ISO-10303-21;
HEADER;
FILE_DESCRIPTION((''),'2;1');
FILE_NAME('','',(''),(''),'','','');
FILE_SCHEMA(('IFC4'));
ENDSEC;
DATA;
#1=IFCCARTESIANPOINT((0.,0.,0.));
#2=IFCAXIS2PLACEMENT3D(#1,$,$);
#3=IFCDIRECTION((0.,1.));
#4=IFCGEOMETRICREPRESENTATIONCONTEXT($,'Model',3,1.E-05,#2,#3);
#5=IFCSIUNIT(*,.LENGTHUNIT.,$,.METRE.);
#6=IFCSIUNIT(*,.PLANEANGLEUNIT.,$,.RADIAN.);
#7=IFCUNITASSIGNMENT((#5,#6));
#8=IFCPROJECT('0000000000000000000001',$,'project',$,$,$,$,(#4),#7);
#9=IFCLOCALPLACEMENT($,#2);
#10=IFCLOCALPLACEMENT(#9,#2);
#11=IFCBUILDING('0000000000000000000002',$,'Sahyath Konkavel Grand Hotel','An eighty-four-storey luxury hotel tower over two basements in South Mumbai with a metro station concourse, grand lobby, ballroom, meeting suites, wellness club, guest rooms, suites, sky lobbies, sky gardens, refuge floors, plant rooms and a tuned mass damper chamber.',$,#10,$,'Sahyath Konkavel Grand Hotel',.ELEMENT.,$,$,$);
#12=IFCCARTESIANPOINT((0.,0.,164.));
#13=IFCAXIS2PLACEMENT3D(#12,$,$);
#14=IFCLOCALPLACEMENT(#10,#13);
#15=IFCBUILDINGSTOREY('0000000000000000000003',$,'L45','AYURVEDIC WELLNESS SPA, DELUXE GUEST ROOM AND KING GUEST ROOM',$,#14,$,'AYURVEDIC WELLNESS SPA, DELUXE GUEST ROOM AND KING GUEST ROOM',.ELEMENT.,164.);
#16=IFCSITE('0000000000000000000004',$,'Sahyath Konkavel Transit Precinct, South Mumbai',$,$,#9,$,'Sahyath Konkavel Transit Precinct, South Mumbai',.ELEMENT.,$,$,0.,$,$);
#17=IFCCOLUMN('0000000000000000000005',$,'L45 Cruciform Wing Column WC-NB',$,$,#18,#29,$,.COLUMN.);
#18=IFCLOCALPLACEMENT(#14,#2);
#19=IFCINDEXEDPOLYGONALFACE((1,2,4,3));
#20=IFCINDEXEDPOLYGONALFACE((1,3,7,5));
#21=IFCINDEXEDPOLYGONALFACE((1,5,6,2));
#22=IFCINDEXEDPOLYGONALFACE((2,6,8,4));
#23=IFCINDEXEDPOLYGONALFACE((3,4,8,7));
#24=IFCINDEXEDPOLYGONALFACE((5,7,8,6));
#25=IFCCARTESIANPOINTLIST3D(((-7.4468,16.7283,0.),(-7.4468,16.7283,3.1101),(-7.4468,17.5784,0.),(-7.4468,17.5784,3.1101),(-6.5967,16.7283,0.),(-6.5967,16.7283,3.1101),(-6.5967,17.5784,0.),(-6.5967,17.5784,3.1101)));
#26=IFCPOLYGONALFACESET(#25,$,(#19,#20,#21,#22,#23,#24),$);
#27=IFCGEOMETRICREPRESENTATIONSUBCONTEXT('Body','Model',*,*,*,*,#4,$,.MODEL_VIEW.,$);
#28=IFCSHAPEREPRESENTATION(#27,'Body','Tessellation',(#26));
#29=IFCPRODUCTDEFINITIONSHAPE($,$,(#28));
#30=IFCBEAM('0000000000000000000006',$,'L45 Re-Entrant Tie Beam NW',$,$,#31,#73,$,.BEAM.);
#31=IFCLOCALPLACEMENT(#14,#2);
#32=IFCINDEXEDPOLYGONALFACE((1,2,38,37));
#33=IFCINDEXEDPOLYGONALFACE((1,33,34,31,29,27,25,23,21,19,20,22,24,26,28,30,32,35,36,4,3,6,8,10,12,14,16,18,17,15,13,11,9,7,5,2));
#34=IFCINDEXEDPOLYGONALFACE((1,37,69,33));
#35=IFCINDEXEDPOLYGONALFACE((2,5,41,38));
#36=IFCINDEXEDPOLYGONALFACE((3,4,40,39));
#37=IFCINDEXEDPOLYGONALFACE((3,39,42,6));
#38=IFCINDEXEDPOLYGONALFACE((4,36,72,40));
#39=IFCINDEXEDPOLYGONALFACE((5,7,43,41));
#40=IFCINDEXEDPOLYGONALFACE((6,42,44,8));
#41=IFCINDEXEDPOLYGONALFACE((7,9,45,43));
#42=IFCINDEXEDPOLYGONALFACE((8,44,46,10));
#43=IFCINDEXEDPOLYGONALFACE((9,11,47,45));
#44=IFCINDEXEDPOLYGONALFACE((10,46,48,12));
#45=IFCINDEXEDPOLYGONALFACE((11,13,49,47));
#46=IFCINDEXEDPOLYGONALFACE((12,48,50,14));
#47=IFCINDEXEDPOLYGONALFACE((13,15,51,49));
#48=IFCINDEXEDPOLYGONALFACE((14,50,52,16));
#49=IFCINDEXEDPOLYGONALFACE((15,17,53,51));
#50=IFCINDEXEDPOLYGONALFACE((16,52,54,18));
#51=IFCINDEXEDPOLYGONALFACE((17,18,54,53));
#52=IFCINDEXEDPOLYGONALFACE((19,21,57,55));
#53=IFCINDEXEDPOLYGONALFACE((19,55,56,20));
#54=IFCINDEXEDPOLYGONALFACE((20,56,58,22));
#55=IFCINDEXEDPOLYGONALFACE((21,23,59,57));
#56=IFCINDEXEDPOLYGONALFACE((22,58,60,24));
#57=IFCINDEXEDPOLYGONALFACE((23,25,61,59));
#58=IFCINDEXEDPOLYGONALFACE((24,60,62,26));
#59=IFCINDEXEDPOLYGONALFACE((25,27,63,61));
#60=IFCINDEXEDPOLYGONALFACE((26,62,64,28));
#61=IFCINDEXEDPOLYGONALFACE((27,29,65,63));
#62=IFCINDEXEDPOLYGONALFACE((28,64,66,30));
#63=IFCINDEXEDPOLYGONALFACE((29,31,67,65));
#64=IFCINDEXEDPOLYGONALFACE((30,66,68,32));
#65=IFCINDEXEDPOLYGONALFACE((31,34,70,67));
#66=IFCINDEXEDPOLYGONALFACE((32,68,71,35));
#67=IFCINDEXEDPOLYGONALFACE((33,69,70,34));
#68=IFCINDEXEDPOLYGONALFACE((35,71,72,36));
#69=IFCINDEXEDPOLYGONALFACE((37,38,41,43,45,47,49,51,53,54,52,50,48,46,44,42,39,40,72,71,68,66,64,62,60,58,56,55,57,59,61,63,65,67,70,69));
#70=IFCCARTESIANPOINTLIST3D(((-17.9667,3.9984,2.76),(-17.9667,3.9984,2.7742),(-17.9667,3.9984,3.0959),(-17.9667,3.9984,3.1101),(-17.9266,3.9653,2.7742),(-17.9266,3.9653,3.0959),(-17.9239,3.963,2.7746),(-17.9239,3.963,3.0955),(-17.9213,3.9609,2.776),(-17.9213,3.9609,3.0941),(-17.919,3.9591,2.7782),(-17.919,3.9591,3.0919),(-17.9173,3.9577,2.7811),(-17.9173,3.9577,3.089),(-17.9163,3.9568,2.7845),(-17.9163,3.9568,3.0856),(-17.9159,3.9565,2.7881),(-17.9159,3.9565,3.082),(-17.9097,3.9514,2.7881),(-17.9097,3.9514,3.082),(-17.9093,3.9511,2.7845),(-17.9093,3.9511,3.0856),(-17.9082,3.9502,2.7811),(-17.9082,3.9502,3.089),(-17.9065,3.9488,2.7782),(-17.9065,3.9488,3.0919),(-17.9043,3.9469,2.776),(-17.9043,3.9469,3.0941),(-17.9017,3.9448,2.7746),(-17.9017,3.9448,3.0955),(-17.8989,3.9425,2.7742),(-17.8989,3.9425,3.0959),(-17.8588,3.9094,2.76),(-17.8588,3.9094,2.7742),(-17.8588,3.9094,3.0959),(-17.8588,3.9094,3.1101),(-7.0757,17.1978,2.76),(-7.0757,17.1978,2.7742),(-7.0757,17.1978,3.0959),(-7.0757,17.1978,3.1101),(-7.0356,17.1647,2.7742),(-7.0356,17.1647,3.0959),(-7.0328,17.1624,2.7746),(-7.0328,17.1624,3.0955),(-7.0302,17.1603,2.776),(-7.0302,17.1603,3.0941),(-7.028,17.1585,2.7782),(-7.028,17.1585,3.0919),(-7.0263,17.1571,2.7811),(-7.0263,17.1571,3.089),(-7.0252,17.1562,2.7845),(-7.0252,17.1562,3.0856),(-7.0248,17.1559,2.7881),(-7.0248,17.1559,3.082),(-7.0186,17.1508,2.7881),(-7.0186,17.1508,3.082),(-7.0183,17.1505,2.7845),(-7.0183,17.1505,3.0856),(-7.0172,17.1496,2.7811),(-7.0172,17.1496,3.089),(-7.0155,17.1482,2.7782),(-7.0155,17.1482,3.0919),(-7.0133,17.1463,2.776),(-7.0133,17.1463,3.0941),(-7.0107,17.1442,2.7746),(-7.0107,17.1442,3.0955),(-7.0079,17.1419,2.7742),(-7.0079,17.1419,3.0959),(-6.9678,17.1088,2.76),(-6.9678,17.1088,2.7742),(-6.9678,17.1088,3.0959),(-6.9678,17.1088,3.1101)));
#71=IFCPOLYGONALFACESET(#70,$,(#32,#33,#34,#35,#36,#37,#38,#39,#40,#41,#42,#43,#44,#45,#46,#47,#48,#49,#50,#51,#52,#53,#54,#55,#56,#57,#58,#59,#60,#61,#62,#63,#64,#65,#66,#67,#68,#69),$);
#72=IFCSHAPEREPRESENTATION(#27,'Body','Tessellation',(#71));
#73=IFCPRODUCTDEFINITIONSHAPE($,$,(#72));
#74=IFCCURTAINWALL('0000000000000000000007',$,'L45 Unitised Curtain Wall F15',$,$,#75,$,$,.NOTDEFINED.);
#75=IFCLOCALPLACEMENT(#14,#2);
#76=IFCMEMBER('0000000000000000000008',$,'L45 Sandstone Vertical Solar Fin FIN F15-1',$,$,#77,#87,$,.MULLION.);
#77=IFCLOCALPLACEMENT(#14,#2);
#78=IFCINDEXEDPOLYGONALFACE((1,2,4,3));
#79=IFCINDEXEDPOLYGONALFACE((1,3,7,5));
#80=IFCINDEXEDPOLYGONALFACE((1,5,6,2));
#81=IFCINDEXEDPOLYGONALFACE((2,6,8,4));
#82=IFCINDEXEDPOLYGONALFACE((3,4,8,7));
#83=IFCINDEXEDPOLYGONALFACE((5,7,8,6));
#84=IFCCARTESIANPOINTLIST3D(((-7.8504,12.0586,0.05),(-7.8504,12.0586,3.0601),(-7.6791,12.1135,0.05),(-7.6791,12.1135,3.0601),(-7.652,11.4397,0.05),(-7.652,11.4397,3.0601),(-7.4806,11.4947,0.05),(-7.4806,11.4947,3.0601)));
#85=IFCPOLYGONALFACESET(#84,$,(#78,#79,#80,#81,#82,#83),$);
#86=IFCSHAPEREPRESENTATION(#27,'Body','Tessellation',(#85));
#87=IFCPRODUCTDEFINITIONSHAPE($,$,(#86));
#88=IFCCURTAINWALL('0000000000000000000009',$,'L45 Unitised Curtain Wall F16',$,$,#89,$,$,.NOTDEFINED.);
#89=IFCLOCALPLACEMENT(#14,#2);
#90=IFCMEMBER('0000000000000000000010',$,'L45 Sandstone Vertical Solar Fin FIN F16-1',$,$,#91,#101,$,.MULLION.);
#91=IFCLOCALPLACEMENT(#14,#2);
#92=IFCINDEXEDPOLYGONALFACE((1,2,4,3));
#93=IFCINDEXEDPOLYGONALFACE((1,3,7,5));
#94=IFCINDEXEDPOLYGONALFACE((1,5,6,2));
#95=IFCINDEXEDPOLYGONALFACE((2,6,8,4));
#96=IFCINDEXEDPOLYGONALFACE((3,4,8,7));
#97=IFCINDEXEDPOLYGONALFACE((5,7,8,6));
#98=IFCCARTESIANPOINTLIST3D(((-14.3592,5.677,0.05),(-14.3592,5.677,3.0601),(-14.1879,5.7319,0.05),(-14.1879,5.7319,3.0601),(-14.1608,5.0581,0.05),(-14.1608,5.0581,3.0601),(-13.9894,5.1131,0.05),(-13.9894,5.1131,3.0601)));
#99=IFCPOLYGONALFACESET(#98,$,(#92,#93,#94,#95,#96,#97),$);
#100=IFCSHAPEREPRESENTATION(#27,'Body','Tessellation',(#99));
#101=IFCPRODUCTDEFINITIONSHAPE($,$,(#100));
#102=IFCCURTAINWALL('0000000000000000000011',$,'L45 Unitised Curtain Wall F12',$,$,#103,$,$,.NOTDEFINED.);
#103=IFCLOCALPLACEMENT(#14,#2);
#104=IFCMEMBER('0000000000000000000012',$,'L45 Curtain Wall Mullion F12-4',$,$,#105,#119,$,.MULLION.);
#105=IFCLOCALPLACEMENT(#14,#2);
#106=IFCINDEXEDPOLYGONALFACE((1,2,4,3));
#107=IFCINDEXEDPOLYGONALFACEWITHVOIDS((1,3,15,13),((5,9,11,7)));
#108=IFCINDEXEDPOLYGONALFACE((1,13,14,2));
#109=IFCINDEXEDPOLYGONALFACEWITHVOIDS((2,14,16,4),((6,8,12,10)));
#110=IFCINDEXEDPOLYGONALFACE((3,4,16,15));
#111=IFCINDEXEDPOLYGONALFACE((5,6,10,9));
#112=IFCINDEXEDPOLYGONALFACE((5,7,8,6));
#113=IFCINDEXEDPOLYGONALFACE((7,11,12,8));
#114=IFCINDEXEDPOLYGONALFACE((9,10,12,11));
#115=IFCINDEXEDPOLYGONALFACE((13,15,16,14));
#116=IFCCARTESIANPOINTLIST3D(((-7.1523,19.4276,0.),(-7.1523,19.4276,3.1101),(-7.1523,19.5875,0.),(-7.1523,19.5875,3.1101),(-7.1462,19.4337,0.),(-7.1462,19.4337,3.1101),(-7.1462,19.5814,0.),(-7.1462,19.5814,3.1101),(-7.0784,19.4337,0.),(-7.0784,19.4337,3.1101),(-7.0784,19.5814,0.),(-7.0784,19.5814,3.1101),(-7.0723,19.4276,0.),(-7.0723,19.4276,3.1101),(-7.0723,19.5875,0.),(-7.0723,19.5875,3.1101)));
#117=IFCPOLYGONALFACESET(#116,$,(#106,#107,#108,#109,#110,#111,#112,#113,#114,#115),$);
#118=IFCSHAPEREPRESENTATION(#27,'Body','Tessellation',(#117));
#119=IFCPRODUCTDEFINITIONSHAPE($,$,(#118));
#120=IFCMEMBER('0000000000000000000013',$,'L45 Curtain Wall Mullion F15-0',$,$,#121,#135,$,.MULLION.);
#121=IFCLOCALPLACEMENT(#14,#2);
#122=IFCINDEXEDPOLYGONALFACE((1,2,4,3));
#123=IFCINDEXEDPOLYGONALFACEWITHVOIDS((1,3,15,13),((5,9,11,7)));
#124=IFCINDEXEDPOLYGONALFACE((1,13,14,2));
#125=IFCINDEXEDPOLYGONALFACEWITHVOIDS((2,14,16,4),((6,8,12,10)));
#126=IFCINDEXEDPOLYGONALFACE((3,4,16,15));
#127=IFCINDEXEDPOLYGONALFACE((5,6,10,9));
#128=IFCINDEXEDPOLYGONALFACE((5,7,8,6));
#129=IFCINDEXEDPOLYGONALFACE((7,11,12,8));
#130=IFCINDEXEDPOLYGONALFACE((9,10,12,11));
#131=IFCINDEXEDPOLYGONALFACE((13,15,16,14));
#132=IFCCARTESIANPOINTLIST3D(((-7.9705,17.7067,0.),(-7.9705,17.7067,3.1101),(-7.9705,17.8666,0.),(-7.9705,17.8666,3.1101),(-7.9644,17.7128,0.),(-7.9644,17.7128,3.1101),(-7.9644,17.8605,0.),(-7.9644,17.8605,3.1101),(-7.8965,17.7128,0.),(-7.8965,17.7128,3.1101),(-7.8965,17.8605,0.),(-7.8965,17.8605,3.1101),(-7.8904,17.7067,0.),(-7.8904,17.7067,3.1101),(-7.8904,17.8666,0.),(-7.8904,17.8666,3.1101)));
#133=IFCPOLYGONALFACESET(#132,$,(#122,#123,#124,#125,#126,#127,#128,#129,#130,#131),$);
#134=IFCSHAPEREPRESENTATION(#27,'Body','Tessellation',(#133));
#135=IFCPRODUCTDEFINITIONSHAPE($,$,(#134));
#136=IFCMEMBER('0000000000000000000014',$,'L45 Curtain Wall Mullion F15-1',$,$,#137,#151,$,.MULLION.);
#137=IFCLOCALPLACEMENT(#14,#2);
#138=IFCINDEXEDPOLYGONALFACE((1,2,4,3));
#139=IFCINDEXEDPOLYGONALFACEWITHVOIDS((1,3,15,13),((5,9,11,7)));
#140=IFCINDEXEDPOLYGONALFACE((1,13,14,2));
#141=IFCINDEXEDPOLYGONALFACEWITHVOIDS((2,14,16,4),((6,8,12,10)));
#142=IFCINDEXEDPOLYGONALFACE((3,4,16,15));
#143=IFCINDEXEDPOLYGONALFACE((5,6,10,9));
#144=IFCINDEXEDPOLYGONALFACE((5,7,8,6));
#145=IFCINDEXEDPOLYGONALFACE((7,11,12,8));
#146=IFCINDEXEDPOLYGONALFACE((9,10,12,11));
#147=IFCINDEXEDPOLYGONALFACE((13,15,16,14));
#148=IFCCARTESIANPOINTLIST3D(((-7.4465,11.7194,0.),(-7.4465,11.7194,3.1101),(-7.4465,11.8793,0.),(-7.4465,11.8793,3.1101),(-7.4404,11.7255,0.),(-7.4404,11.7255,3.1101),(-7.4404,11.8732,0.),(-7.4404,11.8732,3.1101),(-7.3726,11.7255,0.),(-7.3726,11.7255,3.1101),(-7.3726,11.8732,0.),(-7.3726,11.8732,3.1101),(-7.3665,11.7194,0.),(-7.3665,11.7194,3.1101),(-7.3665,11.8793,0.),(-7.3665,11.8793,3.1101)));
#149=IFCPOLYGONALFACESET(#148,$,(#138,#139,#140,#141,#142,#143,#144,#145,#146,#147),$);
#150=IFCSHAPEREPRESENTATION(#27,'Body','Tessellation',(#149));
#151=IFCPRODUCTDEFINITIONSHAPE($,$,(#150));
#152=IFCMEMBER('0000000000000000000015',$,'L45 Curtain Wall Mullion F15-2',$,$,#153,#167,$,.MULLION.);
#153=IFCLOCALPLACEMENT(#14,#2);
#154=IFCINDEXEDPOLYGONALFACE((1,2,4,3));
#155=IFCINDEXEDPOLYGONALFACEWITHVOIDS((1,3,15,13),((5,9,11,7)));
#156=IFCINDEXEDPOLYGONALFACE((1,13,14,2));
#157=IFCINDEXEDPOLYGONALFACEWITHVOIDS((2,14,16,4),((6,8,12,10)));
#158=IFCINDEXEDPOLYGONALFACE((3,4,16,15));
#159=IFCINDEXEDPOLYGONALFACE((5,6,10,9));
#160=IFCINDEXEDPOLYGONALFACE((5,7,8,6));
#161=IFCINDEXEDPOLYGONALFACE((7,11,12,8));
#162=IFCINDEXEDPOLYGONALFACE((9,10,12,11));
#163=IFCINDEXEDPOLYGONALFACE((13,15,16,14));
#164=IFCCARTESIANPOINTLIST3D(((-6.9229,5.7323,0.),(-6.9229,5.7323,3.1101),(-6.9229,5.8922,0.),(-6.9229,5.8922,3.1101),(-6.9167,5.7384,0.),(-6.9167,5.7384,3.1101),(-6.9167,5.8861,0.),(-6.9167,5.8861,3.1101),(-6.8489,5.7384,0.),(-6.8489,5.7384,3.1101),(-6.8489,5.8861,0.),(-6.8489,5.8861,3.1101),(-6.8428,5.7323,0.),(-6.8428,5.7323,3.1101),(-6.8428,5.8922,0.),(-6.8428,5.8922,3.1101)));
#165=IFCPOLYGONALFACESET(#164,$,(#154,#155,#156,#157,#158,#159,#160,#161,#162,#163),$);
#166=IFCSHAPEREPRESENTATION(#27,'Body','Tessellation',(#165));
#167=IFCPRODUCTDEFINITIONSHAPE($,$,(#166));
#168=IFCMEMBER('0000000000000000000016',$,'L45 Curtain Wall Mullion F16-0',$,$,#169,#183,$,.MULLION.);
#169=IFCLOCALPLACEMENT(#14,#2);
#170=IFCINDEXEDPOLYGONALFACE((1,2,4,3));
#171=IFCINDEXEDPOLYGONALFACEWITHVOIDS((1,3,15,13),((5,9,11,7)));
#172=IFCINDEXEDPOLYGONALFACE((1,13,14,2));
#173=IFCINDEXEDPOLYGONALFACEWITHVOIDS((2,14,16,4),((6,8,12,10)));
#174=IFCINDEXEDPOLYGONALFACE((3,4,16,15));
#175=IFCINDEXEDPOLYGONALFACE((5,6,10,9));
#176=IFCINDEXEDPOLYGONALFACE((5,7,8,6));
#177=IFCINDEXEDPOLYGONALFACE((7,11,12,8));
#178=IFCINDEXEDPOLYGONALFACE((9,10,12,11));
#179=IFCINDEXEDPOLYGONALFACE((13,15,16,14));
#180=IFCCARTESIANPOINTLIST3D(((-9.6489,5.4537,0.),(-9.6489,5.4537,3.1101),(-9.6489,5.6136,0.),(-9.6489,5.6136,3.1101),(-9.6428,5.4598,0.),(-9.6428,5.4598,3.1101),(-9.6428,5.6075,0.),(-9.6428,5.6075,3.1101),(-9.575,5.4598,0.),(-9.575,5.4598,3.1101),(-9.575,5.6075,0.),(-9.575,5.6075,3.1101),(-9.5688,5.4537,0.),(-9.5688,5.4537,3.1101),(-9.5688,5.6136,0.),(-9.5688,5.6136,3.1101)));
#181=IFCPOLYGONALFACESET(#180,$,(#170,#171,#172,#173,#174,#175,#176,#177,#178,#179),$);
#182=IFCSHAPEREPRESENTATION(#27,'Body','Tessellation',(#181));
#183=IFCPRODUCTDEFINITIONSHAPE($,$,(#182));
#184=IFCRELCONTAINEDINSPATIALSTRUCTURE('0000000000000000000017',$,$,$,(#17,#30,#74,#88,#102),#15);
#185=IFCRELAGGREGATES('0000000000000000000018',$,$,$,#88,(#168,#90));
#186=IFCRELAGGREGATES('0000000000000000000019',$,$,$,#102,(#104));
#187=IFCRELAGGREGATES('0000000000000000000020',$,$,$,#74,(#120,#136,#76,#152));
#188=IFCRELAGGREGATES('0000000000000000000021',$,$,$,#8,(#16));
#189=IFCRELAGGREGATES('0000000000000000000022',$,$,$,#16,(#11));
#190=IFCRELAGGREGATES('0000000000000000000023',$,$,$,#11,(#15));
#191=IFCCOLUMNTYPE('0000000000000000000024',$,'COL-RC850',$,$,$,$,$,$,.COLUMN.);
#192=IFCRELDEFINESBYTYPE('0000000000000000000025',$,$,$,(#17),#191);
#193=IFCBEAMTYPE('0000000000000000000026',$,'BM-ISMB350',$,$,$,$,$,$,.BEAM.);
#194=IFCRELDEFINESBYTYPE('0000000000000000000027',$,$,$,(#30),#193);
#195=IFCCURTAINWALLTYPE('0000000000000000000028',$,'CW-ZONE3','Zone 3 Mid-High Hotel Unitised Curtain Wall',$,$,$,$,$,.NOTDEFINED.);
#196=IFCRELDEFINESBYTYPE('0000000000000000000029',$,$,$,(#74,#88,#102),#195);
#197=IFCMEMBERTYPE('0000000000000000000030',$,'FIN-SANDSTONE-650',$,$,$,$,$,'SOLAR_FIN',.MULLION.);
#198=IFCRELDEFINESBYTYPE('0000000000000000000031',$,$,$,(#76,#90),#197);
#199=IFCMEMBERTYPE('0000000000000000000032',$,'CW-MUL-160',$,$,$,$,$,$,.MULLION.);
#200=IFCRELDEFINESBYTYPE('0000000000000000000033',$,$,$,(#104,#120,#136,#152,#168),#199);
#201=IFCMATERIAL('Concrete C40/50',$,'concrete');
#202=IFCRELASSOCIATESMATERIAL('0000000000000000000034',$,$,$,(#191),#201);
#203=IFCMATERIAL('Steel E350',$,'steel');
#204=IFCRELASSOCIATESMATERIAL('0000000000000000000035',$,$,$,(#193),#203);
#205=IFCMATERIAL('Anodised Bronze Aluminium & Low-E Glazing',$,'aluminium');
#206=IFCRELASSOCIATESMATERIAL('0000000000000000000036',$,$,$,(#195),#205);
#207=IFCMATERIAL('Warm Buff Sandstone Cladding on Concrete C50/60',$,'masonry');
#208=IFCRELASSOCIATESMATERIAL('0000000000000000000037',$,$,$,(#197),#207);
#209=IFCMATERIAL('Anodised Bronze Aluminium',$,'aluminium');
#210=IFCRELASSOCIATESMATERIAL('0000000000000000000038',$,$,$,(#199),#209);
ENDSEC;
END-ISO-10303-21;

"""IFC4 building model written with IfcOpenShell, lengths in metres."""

from ifc_helpers import new_model, si_unit, direction, frame, origin, origin_2d, place, context, subcontext, project, spatial, rectangle, hollow_rectangle, i_section, extrude, source, transform, mapped, material, material_profile, profile_set, type_object, element, aggregate, save


model = new_model("IFC4")

# Units and contexts
model_context = context("Model", 3, precision=1e-05, world=origin(), true_north=direction((0.0, 1.0)))
body_context = subcontext(model_context, "Body", "Model", "MODEL_VIEW")
ifc_project = project(units=[si_unit("LENGTHUNIT", "METRE"), si_unit("PLANEANGLEUNIT", "RADIAN")], contexts=[model_context])

# Site, building, storey
site_placement = place(None, origin())
site = spatial("IfcSite", under=ifc_project, at=site_placement, Name="Sahyath Konkavel Transit Precinct, South Mumbai", LongName="Sahyath Konkavel Transit Precinct, South Mumbai", CompositionType="ELEMENT", RefElevation=0.0)
building_placement = place(site_placement, origin())
building = spatial("IfcBuilding", under=site, at=building_placement, Name="Sahyath Konkavel Grand Hotel", Description="An eighty-four-storey luxury hotel tower over two basements in South Mumbai with a metro station concourse, grand lobby, ballroom, meeting suites, wellness club, guest rooms, suites, sky lobbies, sky gardens, refuge floors, plant rooms and a tuned mass damper chamber.", LongName="Sahyath Konkavel Grand Hotel", CompositionType="ELEMENT")
storey_placement = place(building_placement, frame((0.0, 0.0, 164.0)))
storey = spatial("IfcBuildingStorey", under=building, at=storey_placement, Name="L45", Description="AYURVEDIC WELLNESS SPA, DELUXE GUEST ROOM AND KING GUEST ROOM", LongName="AYURVEDIC WELLNESS SPA, DELUXE GUEST ROOM AND KING GUEST ROOM", CompositionType="ELEMENT", Elevation=164.0)

# Column
ifc_material_1 = material(Name="Concrete C40/50", Category="concrete")
ifc_material_profile_1 = material_profile(ifc_material_1, rectangle(XDim=0.8501, YDim=0.8501, at=origin_2d()), Name="RC 850x850")
ifc_profile_set_1 = profile_set([ifc_material_profile_1], Name="Concrete C40/50")
column_type = type_object("IfcColumnType", Name="COL-RC850", PredefinedType="COLUMN", material=ifc_profile_set_1)
shared_shape_1 = source(origin(), body_context, "Body", "SweptSolid", [
    extrude(rectangle(XDim=0.8501, YDim=0.8501, at=origin_2d()), origin(), (0.0, 0.0, 1.0), 3.1101),
])
column_placement = place(storey_placement, frame((-7.0217, 17.1533, 0.0), z_axis=(0.0, 0.0, 1.0), x_axis=(1.0, 0.0, 0.0)))
element("IfcColumn", 1, at=column_placement, inside=storey, type_object=column_type, Name="L45 Cruciform Wing Column WC-NB", PredefinedType="COLUMN", context=body_context, shape_type="MappedRepresentation", body=[
    mapped(shared_shape_1, transform((0.0, 0.0, 0.0), scale=1.0)),
])

# Beam
ifc_material_2 = material(Name="Steel E350", Category="steel")
ifc_material_profile_2 = material_profile(ifc_material_2, i_section(OverallWidth=0.1399, OverallDepth=0.3501, WebThickness=0.0081, FlangeThickness=0.0142, FilletRadius=0.0139, at=origin_2d()), Name="ISMB 350")
ifc_profile_set_2 = profile_set([ifc_material_profile_2], Name="Steel E350")
beam_type = type_object("IfcBeamType", Name="BM-ISMB350", PredefinedType="BEAM", material=ifc_profile_set_2)
shared_shape_2 = source(origin(), body_context, "Body", "SweptSolid", [
    extrude(i_section(OverallWidth=0.1399, OverallDepth=0.3501, WebThickness=0.0081, FlangeThickness=0.0142, FilletRadius=0.0139, at=origin_2d()), origin(), (0.0, 0.0, 1.0), 17.1125),
])
beam_placement = place(storey_placement, frame((-7.0217, 17.1533, 2.9351), z_axis=(-0.636437, -0.771329, 0.0), x_axis=(0.771329, -0.636437, 0.0)))
element("IfcBeam", 2, at=beam_placement, inside=storey, type_object=beam_type, Name="L45 Re-Entrant Tie Beam NW", PredefinedType="BEAM", context=body_context, shape_type="MappedRepresentation", body=[
    mapped(shared_shape_2, transform((0.0, 0.0, 0.0), scale=1.0)),
])

# Curtain walls, members
ifc_material_3 = material(Name="Anodised Bronze Aluminium & Low-E Glazing", Category="aluminium")
curtain_wall_type = type_object("IfcCurtainWallType", Name="CW-ZONE3", Description="Zone 3 Mid-High Hotel Unitised Curtain Wall", PredefinedType="NOTDEFINED", material=ifc_material_3)
curtain_wall_1_placement = place(storey_placement, origin())
curtain_wall_1 = element("IfcCurtainWall", 3, at=curtain_wall_1_placement, inside=storey, type_object=curtain_wall_type, Name="L45 Unitised Curtain Wall F15", PredefinedType="NOTDEFINED")
ifc_material_4 = material(Name="Warm Buff Sandstone Cladding on Concrete C50/60", Category="masonry")
ifc_material_profile_3 = material_profile(ifc_material_4, rectangle(XDim=0.1799, YDim=0.6499, at=origin_2d()), Name="FIN 180x650")
ifc_profile_set_3 = profile_set([ifc_material_profile_3], Name="Warm Buff Sandstone Cladding on Concrete C50/60")
member_type_1 = type_object("IfcMemberType", Name="FIN-SANDSTONE-650", ElementType="SOLAR_FIN", PredefinedType="MULLION", material=ifc_profile_set_3)
shared_shape_3 = source(origin(), body_context, "Body", "SweptSolid", [
    extrude(rectangle(XDim=0.1799, YDim=0.6499, at=origin_2d()), origin(), (0.0, 0.0, 1.0), 3.01),
])
member_1_placement = place(storey_placement, frame((-7.6655, 11.7766, 0.05), z_axis=(0.0, 0.0, 1.0), x_axis=(0.952236, 0.305363, 0.0)))
member_1 = element("IfcMember", 4, at=member_1_placement, type_object=member_type_1, Name="L45 Sandstone Vertical Solar Fin FIN F15-1", PredefinedType="MULLION", context=body_context, shape_type="MappedRepresentation", body=[
    mapped(shared_shape_3, transform((0.0, 0.0, 0.0), scale=1.0)),
])
curtain_wall_2_placement = place(storey_placement, origin())
curtain_wall_2 = element("IfcCurtainWall", 5, at=curtain_wall_2_placement, inside=storey, type_object=curtain_wall_type, Name="L45 Unitised Curtain Wall F16", PredefinedType="NOTDEFINED")
member_2_placement = place(storey_placement, frame((-14.1743, 5.395, 0.05), z_axis=(0.0, 0.0, 1.0), x_axis=(0.952236, 0.305363, 0.0)))
member_2 = element("IfcMember", 6, at=member_2_placement, type_object=member_type_1, Name="L45 Sandstone Vertical Solar Fin FIN F16-1", PredefinedType="MULLION", context=body_context, shape_type="MappedRepresentation", body=[
    mapped(shared_shape_3, transform((0.0, 0.0, 0.0), scale=1.0)),
])
curtain_wall_3_placement = place(storey_placement, origin())
curtain_wall_3 = element("IfcCurtainWall", 7, at=curtain_wall_3_placement, inside=storey, type_object=curtain_wall_type, Name="L45 Unitised Curtain Wall F12", PredefinedType="NOTDEFINED")
ifc_material_5 = material(Name="Anodised Bronze Aluminium", Category="aluminium")
ifc_material_profile_4 = material_profile(ifc_material_5, hollow_rectangle(XDim=0.0801, YDim=0.1599, WallThickness=0.0061, at=origin_2d()), Name="RHS 160x80x6")
ifc_profile_set_4 = profile_set([ifc_material_profile_4], Name="Anodised Bronze Aluminium")
member_type_2 = type_object("IfcMemberType", Name="CW-MUL-160", PredefinedType="MULLION", material=ifc_profile_set_4)
shared_shape_4 = source(origin(), body_context, "Body", "SweptSolid", [
    extrude(hollow_rectangle(XDim=0.0801, YDim=0.1599, WallThickness=0.0061, at=origin_2d()), origin(), (0.0, 0.0, 1.0), 3.1101),
])
member_3_placement = place(storey_placement, frame((-7.1123, 19.5076, 0.0), z_axis=(0.0, 0.0, 1.0), x_axis=(1.0, 0.0, 0.0)))
member_3 = element("IfcMember", 8, at=member_3_placement, type_object=member_type_2, Name="L45 Curtain Wall Mullion F12-4", PredefinedType="MULLION", context=body_context, shape_type="MappedRepresentation", body=[
    mapped(shared_shape_4, transform((0.0, 0.0, 0.0), scale=1.0)),
])

# Members
member_4_placement = place(storey_placement, frame((-7.9304, 17.7866, 0.0), z_axis=(0.0, 0.0, 1.0), x_axis=(1.0, 0.0, 0.0)))
member_4 = element("IfcMember", 9, at=member_4_placement, type_object=member_type_2, Name="L45 Curtain Wall Mullion F15-0", PredefinedType="MULLION", context=body_context, shape_type="MappedRepresentation", body=[
    mapped(shared_shape_4, transform((0.0, 0.0, 0.0), scale=1.0)),
])
member_5_placement = place(storey_placement, frame((-7.4065, 11.7993, 0.0), z_axis=(0.0, 0.0, 1.0), x_axis=(1.0, 0.0, 0.0)))
member_5 = element("IfcMember", 10, at=member_5_placement, type_object=member_type_2, Name="L45 Curtain Wall Mullion F15-1", PredefinedType="MULLION", context=body_context, shape_type="MappedRepresentation", body=[
    mapped(shared_shape_4, transform((0.0, 0.0, 0.0), scale=1.0)),
])
member_6_placement = place(storey_placement, frame((-6.8828, 5.8123, 0.0), z_axis=(0.0, 0.0, 1.0), x_axis=(1.0, 0.0, 0.0)))
member_6 = element("IfcMember", 11, at=member_6_placement, type_object=member_type_2, Name="L45 Curtain Wall Mullion F15-2", PredefinedType="MULLION", context=body_context, shape_type="MappedRepresentation", body=[
    mapped(shared_shape_4, transform((0.0, 0.0, 0.0), scale=1.0)),
])
member_7_placement = place(storey_placement, frame((-9.6089, 5.5337, 0.0), z_axis=(0.0, 0.0, 1.0), x_axis=(1.0, 0.0, 0.0)))
member_7 = element("IfcMember", 12, at=member_7_placement, type_object=member_type_2, Name="L45 Curtain Wall Mullion F16-0", PredefinedType="MULLION", context=body_context, shape_type="MappedRepresentation", body=[
    mapped(shared_shape_4, transform((0.0, 0.0, 0.0), scale=1.0)),
])
aggregate(curtain_wall_2, [member_7, member_2])

aggregate(curtain_wall_3, [member_3])
aggregate(curtain_wall_1, [member_4, member_5, member_1, member_6])

save(model, "model.ifc")
